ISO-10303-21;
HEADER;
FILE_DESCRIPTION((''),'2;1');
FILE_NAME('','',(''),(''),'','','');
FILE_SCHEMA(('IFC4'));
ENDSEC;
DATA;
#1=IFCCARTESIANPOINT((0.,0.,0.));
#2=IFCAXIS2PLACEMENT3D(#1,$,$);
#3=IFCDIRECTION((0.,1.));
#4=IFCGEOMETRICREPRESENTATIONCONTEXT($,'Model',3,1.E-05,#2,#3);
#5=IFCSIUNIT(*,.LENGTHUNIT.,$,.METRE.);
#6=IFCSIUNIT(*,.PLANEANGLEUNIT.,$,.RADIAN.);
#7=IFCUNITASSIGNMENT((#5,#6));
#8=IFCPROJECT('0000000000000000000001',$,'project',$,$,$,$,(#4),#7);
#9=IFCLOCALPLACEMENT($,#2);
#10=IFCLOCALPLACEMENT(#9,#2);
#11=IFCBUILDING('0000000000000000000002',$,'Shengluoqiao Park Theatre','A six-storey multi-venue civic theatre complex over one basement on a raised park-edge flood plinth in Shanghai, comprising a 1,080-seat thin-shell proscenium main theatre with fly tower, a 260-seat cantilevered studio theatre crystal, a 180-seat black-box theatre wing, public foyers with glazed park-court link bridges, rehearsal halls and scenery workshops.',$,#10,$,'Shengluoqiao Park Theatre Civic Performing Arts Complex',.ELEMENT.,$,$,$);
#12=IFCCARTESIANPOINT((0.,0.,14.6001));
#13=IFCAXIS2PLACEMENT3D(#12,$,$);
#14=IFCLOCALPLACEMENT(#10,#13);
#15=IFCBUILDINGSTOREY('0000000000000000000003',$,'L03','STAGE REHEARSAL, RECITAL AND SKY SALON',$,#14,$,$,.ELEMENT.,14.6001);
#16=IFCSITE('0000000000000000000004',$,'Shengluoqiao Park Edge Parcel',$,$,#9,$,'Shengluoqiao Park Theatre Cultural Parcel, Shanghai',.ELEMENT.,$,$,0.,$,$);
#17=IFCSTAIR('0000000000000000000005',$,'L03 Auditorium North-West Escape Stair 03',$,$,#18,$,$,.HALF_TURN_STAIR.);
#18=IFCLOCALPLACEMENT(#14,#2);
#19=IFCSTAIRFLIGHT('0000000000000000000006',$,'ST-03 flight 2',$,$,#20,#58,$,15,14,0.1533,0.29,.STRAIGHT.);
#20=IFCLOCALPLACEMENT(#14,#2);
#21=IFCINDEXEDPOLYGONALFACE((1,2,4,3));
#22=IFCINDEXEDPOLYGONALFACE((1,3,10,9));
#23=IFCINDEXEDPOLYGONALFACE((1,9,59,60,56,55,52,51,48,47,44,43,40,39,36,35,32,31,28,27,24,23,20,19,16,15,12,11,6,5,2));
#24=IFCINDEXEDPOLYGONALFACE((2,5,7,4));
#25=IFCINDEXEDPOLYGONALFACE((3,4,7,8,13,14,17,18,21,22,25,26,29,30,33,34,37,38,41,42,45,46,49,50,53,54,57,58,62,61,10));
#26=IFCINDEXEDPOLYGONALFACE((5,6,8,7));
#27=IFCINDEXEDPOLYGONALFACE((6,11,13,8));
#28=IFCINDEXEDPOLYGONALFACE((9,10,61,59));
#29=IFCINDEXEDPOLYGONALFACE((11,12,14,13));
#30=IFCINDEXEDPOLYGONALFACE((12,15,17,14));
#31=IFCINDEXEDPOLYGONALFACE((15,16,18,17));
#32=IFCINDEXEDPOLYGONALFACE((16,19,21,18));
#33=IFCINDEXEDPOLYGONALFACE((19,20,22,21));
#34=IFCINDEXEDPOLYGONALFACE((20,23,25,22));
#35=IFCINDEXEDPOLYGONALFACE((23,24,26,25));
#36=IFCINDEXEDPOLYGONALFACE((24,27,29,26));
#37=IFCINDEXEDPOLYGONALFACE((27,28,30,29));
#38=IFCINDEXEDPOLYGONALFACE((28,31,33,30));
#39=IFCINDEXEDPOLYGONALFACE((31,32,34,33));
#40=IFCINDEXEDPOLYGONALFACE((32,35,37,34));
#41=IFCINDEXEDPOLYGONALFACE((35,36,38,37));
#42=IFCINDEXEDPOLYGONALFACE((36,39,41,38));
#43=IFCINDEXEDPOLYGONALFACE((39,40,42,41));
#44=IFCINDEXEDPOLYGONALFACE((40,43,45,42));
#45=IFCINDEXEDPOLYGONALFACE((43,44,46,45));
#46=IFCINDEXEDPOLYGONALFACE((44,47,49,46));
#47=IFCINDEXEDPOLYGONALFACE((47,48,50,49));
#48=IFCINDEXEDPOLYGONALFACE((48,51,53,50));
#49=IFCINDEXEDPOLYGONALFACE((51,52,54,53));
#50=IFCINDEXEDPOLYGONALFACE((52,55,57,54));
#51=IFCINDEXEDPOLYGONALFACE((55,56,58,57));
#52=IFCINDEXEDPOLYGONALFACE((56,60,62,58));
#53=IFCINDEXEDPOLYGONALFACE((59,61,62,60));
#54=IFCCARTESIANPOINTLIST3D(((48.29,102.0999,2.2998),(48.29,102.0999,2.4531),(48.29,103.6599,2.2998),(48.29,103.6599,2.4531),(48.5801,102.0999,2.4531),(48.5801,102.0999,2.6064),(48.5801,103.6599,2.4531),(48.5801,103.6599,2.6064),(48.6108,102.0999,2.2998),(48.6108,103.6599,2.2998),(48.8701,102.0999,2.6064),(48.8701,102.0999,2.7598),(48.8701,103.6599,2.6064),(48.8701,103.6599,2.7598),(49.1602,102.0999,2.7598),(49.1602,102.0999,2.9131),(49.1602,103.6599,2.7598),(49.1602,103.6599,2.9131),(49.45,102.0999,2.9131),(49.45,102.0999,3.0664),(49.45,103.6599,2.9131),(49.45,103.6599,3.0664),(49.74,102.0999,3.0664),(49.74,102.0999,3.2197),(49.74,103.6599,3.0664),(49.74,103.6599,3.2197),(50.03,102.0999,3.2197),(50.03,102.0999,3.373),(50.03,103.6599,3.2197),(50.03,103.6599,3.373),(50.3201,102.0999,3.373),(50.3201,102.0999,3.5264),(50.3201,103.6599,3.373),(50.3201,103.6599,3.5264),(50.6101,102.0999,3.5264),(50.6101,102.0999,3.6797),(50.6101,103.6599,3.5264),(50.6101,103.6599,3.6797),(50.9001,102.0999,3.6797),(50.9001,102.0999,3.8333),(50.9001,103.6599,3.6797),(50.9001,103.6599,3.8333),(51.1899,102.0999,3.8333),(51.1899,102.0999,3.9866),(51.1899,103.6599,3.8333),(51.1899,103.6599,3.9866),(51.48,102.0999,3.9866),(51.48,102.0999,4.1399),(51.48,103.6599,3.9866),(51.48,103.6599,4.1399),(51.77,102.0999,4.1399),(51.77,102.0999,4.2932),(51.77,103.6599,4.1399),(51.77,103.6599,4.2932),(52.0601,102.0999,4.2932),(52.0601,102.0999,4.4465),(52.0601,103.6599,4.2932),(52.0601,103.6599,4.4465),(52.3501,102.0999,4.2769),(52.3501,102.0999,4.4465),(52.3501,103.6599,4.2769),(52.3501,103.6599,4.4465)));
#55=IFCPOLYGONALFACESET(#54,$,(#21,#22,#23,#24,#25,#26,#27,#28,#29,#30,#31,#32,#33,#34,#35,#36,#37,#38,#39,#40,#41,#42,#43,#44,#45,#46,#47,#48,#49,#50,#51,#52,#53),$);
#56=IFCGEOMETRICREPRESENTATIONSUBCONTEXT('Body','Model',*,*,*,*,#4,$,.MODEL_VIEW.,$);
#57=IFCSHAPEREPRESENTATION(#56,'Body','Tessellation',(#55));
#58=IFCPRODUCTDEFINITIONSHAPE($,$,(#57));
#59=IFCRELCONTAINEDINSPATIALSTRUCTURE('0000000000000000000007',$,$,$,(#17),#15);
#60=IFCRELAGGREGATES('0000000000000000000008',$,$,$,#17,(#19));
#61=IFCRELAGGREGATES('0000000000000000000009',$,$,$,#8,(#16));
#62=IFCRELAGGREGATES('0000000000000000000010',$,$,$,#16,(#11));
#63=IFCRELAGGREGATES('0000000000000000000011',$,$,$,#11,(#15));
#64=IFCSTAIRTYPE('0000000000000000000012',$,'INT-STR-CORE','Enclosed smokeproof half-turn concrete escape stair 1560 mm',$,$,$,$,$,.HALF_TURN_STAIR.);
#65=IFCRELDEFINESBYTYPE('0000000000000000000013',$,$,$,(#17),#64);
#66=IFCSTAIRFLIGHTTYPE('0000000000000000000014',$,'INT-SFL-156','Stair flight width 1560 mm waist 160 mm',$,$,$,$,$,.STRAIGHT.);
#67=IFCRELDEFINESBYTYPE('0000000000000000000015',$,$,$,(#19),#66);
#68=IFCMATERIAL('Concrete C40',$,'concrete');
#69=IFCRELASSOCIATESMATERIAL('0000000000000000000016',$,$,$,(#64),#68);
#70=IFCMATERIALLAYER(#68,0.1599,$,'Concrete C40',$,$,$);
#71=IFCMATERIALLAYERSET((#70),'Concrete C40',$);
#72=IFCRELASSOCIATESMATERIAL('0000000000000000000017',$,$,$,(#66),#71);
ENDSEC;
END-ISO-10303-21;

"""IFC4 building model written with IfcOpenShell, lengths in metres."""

from ifc_helpers import new_model, si_unit, direction, frame, origin, place, context, subcontext, project, spatial, polyline, outline, extrude, material, layer, layer_set, type_object, element, aggregate, save


model = new_model("IFC4")

# Units and contexts
model_context = context("Model", 3, precision=1e-05, world=origin(), true_north=direction((0.0, 1.0)))
body_context = subcontext(model_context, "Body", "Model", "MODEL_VIEW")
ifc_project = project(units=[si_unit("LENGTHUNIT", "METRE"), si_unit("PLANEANGLEUNIT", "RADIAN")], contexts=[model_context])

# Site, building, storey
site_placement = place(None, origin())
site = spatial("IfcSite", under=ifc_project, at=site_placement, Name="Shengluoqiao Park Edge Parcel", LongName="Shengluoqiao Park Theatre Cultural Parcel, Shanghai", CompositionType="ELEMENT", RefElevation=0.0)
building_placement = place(site_placement, origin())
building = spatial("IfcBuilding", under=site, at=building_placement, Name="Shengluoqiao Park Theatre", Description="A six-storey multi-venue civic theatre complex over one basement on a raised park-edge flood plinth in Shanghai, comprising a 1,080-seat thin-shell proscenium main theatre with fly tower, a 260-seat cantilevered studio theatre crystal, a 180-seat black-box theatre wing, public foyers with glazed park-court link bridges, rehearsal halls and scenery workshops.", LongName="Shengluoqiao Park Theatre Civic Performing Arts Complex", CompositionType="ELEMENT")
storey_placement = place(building_placement, frame((0.0, 0.0, 14.6001)))
storey = spatial("IfcBuildingStorey", under=building, at=storey_placement, Name="L03", Description="STAGE REHEARSAL, RECITAL AND SKY SALON", CompositionType="ELEMENT", Elevation=14.6001)

# Shared definitions
ifc_material_1 = material(Name="Concrete C40", Category="concrete")

# Stair, stair flight
stair_type = type_object("IfcStairType", Name="INT-STR-CORE", Description="Enclosed smokeproof half-turn concrete escape stair 1560 mm", PredefinedType="HALF_TURN_STAIR", material=ifc_material_1)
stair_placement = place(storey_placement, origin())
stair = element("IfcStair", 1, at=stair_placement, inside=storey, type_object=stair_type, Name="L03 Auditorium North-West Escape Stair 03", PredefinedType="HALF_TURN_STAIR")
ifc_layer_1 = layer(ifc_material_1, 0.1599, Name="Concrete C40")
ifc_layer_set_1 = layer_set([ifc_layer_1], Name="Concrete C40")
stair_flight_type = type_object("IfcStairFlightType", Name="INT-SFL-156", Description="Stair flight width 1560 mm waist 160 mm", PredefinedType="STRAIGHT", material=ifc_layer_set_1)
stair_flight_1_placement = place(storey_placement, frame((48.29, 102.8799, 2.2998), z_axis=(0.0, 0.0, 1.0), x_axis=(1.0, 0.0, 0.0)))
stair_flight_1 = element("IfcStairFlight", 2, at=stair_flight_1_placement, type_object=stair_flight_type, Name="ST-03 flight 2", NumberOfRisers=15, NumberOfTreads=14, PredefinedType="STRAIGHT", RiserHeight=0.1533, TreadLength=0.29, context=body_context, shape_type="SweptSolid", body=[
    extrude(outline(polyline([(0.0, 0.0), (0.0, 0.1533), (0.29, 0.1533), (0.29, 0.3066), (0.5801, 0.3066), (0.5801, 0.46), (0.8701, 0.46), (0.8701, 0.6133), (1.1599, 0.6133), (1.1599, 0.7666), (1.45, 0.7666), (1.45, 0.9199), (1.74, 0.9199), (1.74, 1.0732), (2.03, 1.0732), (2.03, 1.2266), (2.3201, 1.2266), (2.3201, 1.3799), (2.6101, 1.3799), (2.6101, 1.5334), (2.8999, 1.5334), (2.8999, 1.6868), (3.1899, 1.6868), (3.1899, 1.8401), (3.48, 1.8401), (3.48, 1.9934), (3.77, 1.9934), (3.77, 2.1467), (4.0601, 2.1467), (4.0601, 2.3), (4.0601, 1.9771), (0.3208, 0.0), (0.0, 0.0)])), frame((0.0, 0.78, 0.0), z_axis=(0.0, -1.0, 0.0), x_axis=(1.0, 0.0, 0.0)), (0.0, 0.0, 1.0), 1.5601),
])
aggregate(stair, [stair_flight_1])

save(model, "model.ifc")
